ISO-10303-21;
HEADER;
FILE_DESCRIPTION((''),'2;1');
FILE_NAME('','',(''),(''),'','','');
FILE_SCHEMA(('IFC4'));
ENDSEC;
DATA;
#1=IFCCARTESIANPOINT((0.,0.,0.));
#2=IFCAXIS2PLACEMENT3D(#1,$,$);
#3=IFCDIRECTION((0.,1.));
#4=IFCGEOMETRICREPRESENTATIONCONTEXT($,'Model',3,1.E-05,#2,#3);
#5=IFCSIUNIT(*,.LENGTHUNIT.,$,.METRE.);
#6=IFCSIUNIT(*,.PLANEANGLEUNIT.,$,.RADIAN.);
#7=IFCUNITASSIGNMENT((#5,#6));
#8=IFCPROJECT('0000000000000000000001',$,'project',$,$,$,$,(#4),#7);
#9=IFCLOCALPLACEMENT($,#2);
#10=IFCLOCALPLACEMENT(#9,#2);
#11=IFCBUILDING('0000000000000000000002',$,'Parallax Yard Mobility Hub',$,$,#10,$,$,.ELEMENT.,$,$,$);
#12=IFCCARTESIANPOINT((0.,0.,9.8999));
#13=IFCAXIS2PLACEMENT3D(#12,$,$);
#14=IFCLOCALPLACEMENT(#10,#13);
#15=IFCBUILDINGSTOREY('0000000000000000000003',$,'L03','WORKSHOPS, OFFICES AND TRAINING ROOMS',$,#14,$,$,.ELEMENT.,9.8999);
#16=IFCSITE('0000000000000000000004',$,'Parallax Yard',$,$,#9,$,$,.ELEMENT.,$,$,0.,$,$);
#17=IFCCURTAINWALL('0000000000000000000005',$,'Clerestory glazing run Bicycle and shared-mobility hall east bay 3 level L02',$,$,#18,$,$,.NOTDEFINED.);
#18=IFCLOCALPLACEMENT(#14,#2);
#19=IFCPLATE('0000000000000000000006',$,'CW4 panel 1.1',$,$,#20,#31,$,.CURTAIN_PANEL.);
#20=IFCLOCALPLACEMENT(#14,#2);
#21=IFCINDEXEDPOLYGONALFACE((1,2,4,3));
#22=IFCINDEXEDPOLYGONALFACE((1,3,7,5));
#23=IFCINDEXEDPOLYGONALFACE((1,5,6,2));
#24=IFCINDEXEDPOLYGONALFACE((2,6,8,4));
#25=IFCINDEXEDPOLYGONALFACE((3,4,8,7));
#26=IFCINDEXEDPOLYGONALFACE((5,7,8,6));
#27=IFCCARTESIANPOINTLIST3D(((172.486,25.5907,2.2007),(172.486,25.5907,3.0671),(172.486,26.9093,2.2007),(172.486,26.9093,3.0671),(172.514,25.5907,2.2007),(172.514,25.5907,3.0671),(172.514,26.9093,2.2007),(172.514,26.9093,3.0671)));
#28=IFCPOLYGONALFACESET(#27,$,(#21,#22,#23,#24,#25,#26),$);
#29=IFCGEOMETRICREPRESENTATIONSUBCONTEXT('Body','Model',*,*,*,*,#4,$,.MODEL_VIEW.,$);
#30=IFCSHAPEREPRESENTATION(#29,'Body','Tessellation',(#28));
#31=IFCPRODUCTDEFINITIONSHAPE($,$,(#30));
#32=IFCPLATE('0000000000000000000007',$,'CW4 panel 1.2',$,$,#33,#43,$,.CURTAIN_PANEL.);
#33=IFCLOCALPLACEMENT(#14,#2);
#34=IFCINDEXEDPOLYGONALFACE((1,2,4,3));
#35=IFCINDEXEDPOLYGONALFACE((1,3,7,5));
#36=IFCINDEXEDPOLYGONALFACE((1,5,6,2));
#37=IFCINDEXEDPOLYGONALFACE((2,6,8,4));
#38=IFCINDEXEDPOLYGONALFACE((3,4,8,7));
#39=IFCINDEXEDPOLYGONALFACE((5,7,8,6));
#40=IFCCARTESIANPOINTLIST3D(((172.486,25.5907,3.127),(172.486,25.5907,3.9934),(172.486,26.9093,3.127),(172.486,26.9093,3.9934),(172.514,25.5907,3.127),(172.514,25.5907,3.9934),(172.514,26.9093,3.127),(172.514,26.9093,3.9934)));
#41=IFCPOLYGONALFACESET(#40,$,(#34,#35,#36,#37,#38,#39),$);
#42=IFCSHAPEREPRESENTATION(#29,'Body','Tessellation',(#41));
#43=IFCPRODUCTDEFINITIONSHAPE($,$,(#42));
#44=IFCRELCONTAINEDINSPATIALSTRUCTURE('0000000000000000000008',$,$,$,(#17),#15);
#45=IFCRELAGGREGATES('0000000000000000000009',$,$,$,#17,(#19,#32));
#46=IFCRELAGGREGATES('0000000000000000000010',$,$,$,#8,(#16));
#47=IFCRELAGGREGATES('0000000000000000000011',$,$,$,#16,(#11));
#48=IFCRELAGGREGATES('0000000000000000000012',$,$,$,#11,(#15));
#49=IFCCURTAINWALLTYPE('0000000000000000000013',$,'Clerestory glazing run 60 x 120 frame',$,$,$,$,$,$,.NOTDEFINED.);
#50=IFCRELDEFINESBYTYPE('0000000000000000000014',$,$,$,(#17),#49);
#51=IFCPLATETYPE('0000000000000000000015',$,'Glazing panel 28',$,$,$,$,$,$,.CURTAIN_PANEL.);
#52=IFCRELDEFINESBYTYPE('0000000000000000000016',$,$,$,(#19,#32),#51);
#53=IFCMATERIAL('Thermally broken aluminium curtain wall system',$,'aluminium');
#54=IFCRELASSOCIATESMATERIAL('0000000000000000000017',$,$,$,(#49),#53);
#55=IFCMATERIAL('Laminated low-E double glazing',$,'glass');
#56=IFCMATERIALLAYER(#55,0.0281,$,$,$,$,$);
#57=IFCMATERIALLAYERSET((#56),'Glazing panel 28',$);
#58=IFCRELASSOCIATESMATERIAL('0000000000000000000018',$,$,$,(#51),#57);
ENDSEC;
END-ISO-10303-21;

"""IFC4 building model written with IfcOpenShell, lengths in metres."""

from ifc_helpers import new_model, si_unit, direction, frame, origin, origin_2d, place, context, subcontext, project, spatial, rectangle, extrude, material, layer, layer_set, type_object, element, aggregate, save


model = new_model("IFC4")

# Units and contexts
model_context = context("Model", 3, precision=1e-05, world=origin(), true_north=direction((0.0, 1.0)))
body_context = subcontext(model_context, "Body", "Model", "MODEL_VIEW")
ifc_project = project(units=[si_unit("LENGTHUNIT", "METRE"), si_unit("PLANEANGLEUNIT", "RADIAN")], contexts=[model_context])

# Site, building, storey
site_placement = place(None, origin())
site = spatial("IfcSite", under=ifc_project, at=site_placement, Name="Parallax Yard", CompositionType="ELEMENT", RefElevation=0.0)
building_placement = place(site_placement, origin())
building = spatial("IfcBuilding", under=site, at=building_placement, Name="Parallax Yard Mobility Hub", CompositionType="ELEMENT")
storey_placement = place(building_placement, frame((0.0, 0.0, 9.8999)))
storey = spatial("IfcBuildingStorey", under=building, at=storey_placement, Name="L03", Description="WORKSHOPS, OFFICES AND TRAINING ROOMS", CompositionType="ELEMENT", Elevation=9.8999)

# Shared definitions
ifc_material_1 = material(Name="Thermally broken aluminium curtain wall system", Category="aluminium")
curtain_wall_type = type_object("IfcCurtainWallType", Name="Clerestory glazing run 60 x 120 frame", PredefinedType="NOTDEFINED", material=ifc_material_1)

# Curtain wall
curtain_wall_1_placement = place(storey_placement, origin())
curtain_wall_1 = element("IfcCurtainWall", 1, at=curtain_wall_1_placement, inside=storey, type_object=curtain_wall_type, Name="Clerestory glazing run Bicycle and shared-mobility hall east bay 3 level L02", PredefinedType="NOTDEFINED")

# Plates
ifc_material_2 = material(Name="Laminated low-E double glazing", Category="glass")
ifc_layer = layer(ifc_material_2, 0.0281)
ifc_layer_set = layer_set([ifc_layer], Name="Glazing panel 28")
plate_type = type_object("IfcPlateType", Name="Glazing panel 28", PredefinedType="CURTAIN_PANEL", material=ifc_layer_set)
plate_1_placement = place(storey_placement, frame((172.5, 26.25, 2.2007), z_axis=(0.0, 0.0, 1.0), x_axis=(0.0, 1.0, 0.0)))
plate_1 = element("IfcPlate", 2, at=plate_1_placement, type_object=plate_type, Name="CW4 panel 1.1", PredefinedType="CURTAIN_PANEL", context=body_context, shape_type="SweptSolid", body=[
    extrude(rectangle(XDim=1.3186, YDim=0.0281, at=origin_2d()), origin(), (0.0, 0.0, 1.0), 0.8665),
])
plate_2_placement = place(storey_placement, frame((172.5, 26.25, 3.127), z_axis=(0.0, 0.0, 1.0), x_axis=(0.0, 1.0, 0.0)))
plate_2 = element("IfcPlate", 3, at=plate_2_placement, type_object=plate_type, Name="CW4 panel 1.2", PredefinedType="CURTAIN_PANEL", context=body_context, shape_type="SweptSolid", body=[
    extrude(rectangle(XDim=1.3186, YDim=0.0281, at=origin_2d()), origin(), (0.0, 0.0, 1.0), 0.8665),
])
aggregate(curtain_wall_1, [plate_1, plate_2])

save(model, "model.ifc")
